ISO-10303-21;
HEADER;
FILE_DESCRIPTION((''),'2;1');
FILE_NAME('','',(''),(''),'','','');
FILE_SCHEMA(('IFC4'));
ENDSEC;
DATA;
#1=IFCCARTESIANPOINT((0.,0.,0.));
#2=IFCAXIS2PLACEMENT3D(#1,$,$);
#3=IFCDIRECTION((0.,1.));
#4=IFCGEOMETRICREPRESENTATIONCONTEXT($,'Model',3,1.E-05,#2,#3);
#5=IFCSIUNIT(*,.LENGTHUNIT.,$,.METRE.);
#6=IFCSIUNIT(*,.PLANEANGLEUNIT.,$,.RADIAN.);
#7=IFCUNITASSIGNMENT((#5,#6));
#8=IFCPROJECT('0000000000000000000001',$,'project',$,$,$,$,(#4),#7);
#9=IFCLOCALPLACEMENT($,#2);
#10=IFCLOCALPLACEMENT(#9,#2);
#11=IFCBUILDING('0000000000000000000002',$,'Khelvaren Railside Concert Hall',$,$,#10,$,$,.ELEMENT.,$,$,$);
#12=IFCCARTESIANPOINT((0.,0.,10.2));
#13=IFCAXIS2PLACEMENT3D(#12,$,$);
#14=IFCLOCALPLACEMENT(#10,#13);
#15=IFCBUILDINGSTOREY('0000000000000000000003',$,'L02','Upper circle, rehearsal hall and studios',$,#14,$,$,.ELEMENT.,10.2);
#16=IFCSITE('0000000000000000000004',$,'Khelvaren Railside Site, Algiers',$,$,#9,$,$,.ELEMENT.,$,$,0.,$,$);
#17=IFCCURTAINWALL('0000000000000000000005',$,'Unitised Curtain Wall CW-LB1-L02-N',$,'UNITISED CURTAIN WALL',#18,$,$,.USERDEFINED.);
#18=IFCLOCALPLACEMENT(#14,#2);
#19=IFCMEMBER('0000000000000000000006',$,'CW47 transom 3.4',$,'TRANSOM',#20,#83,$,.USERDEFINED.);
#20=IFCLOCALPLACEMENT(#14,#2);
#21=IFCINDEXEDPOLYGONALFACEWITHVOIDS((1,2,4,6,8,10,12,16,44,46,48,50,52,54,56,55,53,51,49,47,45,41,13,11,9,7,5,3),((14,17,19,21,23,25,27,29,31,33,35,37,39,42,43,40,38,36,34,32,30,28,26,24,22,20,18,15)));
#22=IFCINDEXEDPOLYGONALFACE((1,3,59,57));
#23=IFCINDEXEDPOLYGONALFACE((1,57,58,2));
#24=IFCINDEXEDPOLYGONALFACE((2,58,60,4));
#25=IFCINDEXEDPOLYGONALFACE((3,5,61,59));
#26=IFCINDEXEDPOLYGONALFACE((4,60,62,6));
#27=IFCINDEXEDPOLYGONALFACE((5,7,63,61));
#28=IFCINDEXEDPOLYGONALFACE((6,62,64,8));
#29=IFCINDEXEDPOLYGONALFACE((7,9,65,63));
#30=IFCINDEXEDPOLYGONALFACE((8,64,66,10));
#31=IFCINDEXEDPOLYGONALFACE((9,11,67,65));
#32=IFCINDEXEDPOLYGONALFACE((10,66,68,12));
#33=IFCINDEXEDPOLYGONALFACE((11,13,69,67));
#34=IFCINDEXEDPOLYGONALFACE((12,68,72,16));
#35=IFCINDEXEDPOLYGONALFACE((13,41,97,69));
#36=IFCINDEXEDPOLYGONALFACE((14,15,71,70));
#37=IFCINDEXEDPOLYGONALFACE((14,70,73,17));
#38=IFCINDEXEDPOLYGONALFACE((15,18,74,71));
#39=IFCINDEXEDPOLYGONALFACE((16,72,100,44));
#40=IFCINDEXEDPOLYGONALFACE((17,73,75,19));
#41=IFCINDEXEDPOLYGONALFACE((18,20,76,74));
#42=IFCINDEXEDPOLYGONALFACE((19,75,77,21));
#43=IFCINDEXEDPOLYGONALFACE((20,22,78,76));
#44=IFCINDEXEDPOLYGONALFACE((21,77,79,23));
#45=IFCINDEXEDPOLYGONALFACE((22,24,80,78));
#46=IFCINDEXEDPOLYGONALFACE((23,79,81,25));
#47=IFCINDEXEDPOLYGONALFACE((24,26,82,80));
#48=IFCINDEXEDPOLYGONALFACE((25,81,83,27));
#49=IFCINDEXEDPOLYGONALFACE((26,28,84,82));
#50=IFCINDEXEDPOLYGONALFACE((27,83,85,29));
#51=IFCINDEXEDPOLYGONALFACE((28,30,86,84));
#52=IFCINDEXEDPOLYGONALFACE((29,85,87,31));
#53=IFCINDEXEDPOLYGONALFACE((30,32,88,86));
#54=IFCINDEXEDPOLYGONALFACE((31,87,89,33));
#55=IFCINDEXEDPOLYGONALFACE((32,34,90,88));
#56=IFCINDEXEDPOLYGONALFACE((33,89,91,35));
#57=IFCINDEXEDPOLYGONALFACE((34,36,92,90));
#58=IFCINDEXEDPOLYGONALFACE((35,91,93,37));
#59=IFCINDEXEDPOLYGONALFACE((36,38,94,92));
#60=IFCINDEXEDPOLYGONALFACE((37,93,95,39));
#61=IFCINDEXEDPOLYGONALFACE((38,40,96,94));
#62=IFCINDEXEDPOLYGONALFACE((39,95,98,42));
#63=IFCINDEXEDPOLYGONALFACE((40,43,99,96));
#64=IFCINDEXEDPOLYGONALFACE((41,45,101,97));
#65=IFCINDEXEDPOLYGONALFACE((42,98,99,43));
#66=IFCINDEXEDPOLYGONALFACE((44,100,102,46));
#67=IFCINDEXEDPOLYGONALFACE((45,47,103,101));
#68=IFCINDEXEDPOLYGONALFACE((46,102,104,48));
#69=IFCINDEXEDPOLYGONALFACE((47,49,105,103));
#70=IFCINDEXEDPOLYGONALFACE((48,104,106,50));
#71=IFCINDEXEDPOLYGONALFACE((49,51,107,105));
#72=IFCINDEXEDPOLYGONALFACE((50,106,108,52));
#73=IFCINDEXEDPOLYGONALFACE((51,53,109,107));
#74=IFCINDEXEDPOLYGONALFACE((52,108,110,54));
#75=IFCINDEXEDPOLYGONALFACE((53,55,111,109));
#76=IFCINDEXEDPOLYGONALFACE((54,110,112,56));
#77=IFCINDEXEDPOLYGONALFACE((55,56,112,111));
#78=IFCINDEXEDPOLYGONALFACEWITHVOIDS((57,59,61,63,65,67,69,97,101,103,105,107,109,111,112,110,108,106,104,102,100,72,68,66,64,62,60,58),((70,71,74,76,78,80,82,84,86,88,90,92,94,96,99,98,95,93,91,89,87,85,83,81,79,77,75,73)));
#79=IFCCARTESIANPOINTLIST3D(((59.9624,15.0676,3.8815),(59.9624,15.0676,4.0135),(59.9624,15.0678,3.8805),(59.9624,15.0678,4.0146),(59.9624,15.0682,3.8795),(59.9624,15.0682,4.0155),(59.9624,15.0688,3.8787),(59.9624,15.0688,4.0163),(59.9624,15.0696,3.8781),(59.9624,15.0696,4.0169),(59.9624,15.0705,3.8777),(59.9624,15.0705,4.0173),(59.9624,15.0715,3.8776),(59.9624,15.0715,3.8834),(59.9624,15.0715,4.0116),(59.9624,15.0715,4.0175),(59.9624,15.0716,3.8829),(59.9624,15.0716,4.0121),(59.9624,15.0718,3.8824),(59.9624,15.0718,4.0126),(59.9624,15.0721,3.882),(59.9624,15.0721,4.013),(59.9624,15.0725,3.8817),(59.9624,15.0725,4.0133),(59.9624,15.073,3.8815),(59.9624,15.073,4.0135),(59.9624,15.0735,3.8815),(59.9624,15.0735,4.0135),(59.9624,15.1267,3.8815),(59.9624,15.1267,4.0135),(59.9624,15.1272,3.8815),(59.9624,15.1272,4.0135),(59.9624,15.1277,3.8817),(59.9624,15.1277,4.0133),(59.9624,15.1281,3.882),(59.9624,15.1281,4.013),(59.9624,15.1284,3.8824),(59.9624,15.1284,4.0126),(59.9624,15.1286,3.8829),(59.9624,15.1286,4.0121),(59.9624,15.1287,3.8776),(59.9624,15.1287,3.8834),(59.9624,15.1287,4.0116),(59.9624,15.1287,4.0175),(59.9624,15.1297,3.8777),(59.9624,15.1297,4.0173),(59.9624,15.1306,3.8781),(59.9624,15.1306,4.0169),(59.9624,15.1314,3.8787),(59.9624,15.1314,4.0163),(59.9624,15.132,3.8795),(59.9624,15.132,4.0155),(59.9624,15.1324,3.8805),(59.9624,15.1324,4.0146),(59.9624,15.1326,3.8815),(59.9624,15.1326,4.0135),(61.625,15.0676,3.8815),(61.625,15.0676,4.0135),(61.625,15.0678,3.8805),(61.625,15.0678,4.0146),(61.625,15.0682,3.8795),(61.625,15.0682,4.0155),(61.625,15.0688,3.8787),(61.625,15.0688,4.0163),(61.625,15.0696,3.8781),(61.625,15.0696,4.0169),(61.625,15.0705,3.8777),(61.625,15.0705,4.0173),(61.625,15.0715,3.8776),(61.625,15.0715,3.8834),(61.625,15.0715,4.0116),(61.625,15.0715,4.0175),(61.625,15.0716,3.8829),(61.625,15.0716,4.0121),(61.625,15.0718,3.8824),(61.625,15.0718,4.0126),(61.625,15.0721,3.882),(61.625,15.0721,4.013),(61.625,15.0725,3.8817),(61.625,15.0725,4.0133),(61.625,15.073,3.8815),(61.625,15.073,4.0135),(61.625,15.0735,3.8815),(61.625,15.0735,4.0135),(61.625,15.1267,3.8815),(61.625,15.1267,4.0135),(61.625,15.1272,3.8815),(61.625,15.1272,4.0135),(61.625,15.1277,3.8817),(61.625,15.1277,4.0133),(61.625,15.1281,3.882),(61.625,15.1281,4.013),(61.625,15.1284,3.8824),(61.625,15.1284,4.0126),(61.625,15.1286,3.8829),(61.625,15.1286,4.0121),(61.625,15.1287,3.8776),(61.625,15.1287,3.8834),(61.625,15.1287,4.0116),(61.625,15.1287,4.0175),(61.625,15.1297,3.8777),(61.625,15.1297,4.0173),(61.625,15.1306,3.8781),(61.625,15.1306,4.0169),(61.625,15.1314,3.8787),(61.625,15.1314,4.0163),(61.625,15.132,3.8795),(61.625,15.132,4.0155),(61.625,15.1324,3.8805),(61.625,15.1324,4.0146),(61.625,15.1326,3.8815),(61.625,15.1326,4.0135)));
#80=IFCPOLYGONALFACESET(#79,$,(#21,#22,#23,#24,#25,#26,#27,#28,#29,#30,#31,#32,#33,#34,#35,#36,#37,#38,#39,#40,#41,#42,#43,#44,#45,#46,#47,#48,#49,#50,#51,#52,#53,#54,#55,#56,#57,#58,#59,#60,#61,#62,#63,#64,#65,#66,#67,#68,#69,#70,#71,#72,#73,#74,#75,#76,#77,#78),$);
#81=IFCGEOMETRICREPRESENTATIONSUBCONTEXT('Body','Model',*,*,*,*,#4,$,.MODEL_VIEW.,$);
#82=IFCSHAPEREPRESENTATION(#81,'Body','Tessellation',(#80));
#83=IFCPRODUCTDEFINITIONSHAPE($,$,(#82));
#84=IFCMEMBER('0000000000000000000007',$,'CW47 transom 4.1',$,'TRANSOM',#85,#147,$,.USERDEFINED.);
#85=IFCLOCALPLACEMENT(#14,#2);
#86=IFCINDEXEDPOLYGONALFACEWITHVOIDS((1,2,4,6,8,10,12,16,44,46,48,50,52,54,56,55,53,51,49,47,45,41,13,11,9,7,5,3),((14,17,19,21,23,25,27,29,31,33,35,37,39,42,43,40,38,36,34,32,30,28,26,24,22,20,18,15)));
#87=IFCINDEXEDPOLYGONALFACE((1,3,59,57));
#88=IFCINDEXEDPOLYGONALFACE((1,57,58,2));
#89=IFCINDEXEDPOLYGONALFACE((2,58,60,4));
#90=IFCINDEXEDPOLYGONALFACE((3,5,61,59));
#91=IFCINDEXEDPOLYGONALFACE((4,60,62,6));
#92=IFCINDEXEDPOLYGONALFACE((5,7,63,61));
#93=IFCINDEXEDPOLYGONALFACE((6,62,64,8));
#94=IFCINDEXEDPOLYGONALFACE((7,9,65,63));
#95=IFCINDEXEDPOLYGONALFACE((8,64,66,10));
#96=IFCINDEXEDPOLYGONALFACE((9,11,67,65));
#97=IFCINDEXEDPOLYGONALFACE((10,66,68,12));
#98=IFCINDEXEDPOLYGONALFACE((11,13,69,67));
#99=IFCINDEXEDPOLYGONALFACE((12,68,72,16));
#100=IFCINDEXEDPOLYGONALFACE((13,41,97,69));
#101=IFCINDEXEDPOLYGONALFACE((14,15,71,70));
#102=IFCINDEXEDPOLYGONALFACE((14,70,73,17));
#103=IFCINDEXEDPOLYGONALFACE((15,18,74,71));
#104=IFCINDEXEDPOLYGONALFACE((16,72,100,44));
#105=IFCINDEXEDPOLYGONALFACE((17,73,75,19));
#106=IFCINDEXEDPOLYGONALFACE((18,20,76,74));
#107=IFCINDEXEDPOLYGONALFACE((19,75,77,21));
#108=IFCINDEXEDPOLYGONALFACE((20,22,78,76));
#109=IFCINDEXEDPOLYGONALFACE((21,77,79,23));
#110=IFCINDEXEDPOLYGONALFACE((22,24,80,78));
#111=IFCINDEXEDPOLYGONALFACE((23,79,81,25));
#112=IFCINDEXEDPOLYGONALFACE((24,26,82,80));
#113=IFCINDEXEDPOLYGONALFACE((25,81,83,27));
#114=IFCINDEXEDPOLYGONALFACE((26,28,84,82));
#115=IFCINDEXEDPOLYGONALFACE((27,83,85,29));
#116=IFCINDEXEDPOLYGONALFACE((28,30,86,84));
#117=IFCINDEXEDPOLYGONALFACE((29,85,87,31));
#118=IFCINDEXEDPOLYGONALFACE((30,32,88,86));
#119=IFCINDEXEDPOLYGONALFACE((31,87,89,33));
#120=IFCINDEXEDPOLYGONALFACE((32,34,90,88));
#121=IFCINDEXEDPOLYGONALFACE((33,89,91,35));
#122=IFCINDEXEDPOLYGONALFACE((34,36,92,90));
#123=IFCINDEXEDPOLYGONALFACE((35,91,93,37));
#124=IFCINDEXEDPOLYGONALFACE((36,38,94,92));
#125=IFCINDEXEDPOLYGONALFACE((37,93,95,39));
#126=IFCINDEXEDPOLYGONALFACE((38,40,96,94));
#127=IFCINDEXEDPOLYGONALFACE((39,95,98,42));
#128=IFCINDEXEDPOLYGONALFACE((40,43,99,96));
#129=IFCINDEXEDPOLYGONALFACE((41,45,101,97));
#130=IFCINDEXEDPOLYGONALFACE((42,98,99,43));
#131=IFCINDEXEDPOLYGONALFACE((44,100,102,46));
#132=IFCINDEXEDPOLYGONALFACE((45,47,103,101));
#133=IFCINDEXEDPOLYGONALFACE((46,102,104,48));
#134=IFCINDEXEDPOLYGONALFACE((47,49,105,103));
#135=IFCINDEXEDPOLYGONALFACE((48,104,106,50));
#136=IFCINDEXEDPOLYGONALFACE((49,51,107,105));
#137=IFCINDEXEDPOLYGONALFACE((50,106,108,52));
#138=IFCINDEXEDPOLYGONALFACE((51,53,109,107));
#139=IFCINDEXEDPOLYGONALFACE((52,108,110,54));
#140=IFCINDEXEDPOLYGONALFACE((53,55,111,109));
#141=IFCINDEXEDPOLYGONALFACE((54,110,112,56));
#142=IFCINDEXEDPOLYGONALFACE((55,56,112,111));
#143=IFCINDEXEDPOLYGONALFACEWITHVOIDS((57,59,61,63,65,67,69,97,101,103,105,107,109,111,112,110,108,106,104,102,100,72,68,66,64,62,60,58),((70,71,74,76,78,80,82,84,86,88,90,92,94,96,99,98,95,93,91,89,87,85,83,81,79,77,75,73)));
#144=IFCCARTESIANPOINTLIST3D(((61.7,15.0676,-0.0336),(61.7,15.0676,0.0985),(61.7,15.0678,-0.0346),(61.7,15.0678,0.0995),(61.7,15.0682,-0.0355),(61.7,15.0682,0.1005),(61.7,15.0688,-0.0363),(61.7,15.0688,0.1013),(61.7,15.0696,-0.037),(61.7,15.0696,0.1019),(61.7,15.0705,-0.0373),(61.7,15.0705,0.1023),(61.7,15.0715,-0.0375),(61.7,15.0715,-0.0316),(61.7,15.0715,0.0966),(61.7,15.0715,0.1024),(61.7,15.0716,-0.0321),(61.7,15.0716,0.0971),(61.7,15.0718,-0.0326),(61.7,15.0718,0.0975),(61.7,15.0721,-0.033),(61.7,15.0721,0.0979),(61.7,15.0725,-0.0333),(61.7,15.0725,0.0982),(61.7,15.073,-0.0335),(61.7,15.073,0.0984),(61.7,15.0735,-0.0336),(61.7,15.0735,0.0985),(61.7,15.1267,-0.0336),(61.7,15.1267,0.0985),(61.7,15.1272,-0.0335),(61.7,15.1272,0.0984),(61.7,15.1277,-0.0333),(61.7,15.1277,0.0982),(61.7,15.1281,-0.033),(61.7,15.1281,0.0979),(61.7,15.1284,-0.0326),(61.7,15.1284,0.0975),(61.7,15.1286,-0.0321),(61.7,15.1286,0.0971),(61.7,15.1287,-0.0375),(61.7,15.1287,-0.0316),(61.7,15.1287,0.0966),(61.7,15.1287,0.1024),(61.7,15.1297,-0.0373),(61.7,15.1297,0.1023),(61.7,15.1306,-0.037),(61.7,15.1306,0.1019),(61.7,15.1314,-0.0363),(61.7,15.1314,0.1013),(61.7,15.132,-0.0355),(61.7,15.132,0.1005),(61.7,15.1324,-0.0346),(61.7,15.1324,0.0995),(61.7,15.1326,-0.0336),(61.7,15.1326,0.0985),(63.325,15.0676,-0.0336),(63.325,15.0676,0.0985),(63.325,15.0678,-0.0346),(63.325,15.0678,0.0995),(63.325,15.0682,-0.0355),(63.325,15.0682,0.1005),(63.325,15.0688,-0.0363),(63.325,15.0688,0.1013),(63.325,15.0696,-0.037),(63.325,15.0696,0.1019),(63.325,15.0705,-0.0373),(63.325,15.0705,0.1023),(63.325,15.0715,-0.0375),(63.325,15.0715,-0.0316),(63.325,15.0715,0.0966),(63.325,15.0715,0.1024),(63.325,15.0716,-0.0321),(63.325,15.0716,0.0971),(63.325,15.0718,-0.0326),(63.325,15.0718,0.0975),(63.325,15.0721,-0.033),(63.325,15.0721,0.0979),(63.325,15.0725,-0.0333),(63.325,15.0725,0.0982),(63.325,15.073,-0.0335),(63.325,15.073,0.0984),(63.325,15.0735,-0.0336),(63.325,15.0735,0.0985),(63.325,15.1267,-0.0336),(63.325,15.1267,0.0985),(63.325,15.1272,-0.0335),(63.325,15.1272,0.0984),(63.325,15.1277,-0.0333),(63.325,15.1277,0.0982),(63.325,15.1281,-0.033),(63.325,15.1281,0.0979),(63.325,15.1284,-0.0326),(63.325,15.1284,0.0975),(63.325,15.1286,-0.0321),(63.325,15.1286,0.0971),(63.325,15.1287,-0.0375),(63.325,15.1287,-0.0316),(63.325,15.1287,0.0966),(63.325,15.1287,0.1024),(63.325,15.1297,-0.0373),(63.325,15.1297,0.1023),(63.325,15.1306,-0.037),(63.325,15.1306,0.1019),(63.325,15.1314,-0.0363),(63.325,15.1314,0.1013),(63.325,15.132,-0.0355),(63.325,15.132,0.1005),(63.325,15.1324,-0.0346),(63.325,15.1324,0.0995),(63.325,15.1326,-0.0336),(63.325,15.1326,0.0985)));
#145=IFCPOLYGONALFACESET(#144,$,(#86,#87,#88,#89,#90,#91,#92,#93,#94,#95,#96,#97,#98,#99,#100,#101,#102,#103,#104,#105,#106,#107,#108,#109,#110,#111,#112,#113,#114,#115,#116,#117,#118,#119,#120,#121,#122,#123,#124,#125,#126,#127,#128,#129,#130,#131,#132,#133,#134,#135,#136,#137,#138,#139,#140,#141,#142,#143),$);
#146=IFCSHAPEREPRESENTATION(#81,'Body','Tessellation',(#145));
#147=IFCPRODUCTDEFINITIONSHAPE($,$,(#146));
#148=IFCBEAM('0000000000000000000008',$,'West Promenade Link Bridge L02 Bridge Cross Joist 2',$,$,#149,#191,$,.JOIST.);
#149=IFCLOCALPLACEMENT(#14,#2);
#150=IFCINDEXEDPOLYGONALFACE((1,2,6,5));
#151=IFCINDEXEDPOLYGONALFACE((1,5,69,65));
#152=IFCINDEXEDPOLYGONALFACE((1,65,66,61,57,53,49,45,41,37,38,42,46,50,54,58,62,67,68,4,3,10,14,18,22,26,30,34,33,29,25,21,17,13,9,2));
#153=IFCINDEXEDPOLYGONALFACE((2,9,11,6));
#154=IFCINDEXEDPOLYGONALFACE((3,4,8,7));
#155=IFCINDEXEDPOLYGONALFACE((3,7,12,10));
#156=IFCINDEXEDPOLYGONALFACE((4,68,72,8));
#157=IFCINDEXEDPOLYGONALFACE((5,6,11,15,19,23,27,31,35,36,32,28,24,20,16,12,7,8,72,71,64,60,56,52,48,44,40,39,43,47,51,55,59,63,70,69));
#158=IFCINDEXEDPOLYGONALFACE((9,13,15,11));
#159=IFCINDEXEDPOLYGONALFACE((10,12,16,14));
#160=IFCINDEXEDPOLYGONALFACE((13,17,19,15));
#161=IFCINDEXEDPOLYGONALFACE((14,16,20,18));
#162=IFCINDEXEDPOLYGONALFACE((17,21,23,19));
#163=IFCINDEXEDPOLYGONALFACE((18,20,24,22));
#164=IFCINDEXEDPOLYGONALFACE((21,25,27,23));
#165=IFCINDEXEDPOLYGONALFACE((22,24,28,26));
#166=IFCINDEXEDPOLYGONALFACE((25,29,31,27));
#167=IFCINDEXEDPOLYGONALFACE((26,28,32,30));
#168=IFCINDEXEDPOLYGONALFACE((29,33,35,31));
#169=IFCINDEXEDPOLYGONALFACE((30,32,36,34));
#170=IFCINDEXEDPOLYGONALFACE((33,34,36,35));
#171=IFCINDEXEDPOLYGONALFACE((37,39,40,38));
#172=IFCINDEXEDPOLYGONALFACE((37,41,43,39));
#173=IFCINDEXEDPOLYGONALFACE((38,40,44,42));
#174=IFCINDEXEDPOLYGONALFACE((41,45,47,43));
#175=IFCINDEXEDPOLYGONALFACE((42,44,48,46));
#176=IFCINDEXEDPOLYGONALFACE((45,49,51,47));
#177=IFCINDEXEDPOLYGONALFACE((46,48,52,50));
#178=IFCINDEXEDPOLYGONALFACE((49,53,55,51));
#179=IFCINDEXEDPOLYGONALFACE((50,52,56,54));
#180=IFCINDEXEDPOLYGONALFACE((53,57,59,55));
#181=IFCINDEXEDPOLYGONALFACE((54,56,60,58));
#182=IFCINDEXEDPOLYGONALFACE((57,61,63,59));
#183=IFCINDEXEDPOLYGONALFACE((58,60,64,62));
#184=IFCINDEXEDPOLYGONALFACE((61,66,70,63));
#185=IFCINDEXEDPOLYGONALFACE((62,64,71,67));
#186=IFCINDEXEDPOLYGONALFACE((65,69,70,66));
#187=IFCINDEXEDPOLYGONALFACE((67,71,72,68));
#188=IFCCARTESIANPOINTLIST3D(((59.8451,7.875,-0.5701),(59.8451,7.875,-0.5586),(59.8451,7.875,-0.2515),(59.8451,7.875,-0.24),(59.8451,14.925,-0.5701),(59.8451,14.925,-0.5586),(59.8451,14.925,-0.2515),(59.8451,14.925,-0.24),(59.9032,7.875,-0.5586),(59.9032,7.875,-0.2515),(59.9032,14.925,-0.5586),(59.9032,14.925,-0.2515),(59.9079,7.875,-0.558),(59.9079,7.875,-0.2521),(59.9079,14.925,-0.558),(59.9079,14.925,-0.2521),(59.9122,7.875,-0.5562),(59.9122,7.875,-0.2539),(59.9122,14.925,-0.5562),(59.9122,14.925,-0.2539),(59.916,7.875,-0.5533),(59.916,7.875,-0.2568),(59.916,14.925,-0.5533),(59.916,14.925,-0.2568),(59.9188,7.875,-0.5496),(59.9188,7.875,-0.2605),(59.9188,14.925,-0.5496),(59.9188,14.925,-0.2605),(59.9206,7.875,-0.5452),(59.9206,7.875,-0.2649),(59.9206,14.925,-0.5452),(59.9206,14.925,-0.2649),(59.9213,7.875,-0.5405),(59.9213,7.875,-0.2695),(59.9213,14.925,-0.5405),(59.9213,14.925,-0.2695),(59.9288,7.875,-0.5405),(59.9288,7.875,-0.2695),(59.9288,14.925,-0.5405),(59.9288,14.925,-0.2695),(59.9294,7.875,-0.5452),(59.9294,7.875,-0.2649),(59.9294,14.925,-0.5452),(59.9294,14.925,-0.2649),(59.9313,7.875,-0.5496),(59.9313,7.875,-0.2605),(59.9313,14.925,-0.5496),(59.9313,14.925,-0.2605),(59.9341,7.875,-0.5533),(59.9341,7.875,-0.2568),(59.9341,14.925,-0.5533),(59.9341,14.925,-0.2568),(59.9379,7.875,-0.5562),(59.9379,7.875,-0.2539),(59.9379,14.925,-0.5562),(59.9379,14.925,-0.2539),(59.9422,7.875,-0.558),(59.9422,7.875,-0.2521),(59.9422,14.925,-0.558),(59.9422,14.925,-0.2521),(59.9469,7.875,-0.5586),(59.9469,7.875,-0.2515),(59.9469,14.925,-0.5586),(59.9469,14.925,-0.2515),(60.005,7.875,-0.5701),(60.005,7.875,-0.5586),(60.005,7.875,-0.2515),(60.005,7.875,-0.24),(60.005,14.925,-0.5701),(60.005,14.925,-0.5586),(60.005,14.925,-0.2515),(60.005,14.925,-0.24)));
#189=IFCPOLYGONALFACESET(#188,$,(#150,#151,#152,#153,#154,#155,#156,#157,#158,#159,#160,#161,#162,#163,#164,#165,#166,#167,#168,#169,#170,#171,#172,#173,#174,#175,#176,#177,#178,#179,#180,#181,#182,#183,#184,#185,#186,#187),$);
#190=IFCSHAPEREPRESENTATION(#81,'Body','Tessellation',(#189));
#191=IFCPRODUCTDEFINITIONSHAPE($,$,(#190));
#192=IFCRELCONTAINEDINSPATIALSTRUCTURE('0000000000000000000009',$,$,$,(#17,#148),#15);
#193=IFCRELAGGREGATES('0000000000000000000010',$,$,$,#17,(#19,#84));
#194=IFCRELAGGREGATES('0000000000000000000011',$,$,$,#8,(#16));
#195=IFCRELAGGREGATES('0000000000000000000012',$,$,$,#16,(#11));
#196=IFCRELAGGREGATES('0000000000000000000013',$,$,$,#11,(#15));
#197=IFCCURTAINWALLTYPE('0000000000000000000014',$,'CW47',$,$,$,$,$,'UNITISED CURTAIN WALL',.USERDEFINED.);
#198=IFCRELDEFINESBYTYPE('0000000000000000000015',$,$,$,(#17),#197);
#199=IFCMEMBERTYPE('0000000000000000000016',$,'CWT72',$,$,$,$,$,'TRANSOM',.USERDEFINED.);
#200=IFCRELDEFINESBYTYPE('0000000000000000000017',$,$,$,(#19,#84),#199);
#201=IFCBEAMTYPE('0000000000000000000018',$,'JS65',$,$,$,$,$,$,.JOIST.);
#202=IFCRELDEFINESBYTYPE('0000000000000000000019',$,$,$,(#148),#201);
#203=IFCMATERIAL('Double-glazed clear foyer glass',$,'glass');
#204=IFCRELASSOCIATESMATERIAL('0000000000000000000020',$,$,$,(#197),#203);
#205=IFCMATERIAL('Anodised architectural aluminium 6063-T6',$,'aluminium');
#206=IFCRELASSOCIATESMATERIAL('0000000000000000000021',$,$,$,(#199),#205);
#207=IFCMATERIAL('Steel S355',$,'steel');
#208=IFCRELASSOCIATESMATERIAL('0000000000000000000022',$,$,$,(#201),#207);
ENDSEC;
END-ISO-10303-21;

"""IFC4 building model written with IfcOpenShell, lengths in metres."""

from ifc_helpers import new_model, si_unit, direction, frame, origin, origin_2d, place, context, subcontext, project, spatial, hollow_rectangle, i_section, extrude, material, material_profile, profile_set, type_object, element, aggregate, save


model = new_model("IFC4")

# Units and contexts
model_context = context("Model", 3, precision=1e-05, world=origin(), true_north=direction((0.0, 1.0)))
body_context = subcontext(model_context, "Body", "Model", "MODEL_VIEW")
ifc_project = project(units=[si_unit("LENGTHUNIT", "METRE"), si_unit("PLANEANGLEUNIT", "RADIAN")], contexts=[model_context])

# Site, building, storey
site_placement = place(None, origin())
site = spatial("IfcSite", under=ifc_project, at=site_placement, Name="Khelvaren Railside Site, Algiers", CompositionType="ELEMENT", RefElevation=0.0)
building_placement = place(site_placement, origin())
building = spatial("IfcBuilding", under=site, at=building_placement, Name="Khelvaren Railside Concert Hall", CompositionType="ELEMENT")
storey_placement = place(building_placement, frame((0.0, 0.0, 10.2)))
storey = spatial("IfcBuildingStorey", under=building, at=storey_placement, Name="L02", Description="Upper circle, rehearsal hall and studios", CompositionType="ELEMENT", Elevation=10.2)

# Shared definitions
ifc_material_1 = material(Name="Double-glazed clear foyer glass", Category="glass")
curtain_wall_type = type_object("IfcCurtainWallType", Name="CW47", ElementType="UNITISED CURTAIN WALL", PredefinedType="USERDEFINED", material=ifc_material_1)
ifc_material_2 = material(Name="Anodised architectural aluminium 6063-T6", Category="aluminium")

# Curtain wall
curtain_wall_1_placement = place(storey_placement, origin())
curtain_wall_1 = element("IfcCurtainWall", 1, at=curtain_wall_1_placement, inside=storey, type_object=curtain_wall_type, Name="Unitised Curtain Wall CW-LB1-L02-N", ObjectType="UNITISED CURTAIN WALL", PredefinedType="USERDEFINED")

# Members
ifc_material_profile_1 = material_profile(ifc_material_2, hollow_rectangle(XDim=0.0649, YDim=0.1399, WallThickness=0.0039, InnerFilletRadius=0.002, OuterFilletRadius=0.0039, at=origin_2d()), Name="CWT 65x140x4")
ifc_profile_set_1 = profile_set([ifc_material_profile_1], Name="Anodised architectural aluminium 6063-T6")
member_type_1 = type_object("IfcMemberType", Name="CWT72", ElementType="TRANSOM", PredefinedType="USERDEFINED", material=ifc_profile_set_1)
member_1_placement = place(storey_placement, frame((59.9624, 15.1001, 3.9475), z_axis=(1.0, 0.0, 0.0), x_axis=(0.0, 1.0, 0.0)))
member_1 = element("IfcMember", 2, at=member_1_placement, type_object=member_type_1, Name="CW47 transom 3.4", ObjectType="TRANSOM", PredefinedType="USERDEFINED", context=body_context, shape_type="SweptSolid", body=[
    extrude(hollow_rectangle(XDim=0.0649, YDim=0.1399, WallThickness=0.0039, InnerFilletRadius=0.002, OuterFilletRadius=0.0039, at=origin_2d()), origin(), (0.0, 0.0, 1.0), 1.6626),
])
member_2_placement = place(storey_placement, frame((61.7, 15.1001, 0.0325), z_axis=(1.0, 0.0, 0.0), x_axis=(0.0, 1.0, 0.0)))
member_2 = element("IfcMember", 3, at=member_2_placement, type_object=member_type_1, Name="CW47 transom 4.1", ObjectType="TRANSOM", PredefinedType="USERDEFINED", context=body_context, shape_type="SweptSolid", body=[
    extrude(hollow_rectangle(XDim=0.0649, YDim=0.1399, WallThickness=0.0039, InnerFilletRadius=0.002, OuterFilletRadius=0.0039, at=origin_2d()), origin(), (0.0, 0.0, 1.0), 1.625),
])

# Beam
ifc_material_3 = material(Name="Steel S355", Category="steel")
ifc_material_profile_2 = material_profile(ifc_material_3, i_section(OverallWidth=0.1599, OverallDepth=0.3301, WebThickness=0.0076, FlangeThickness=0.0115, FilletRadius=0.0181, at=origin_2d()), Name="IPE 330")
ifc_profile_set_2 = profile_set([ifc_material_profile_2], Name="Steel S355")
beam_type_1 = type_object("IfcBeamType", Name="JS65", PredefinedType="JOIST", material=ifc_profile_set_2)
for number, where, z_axis, x_axis, name in (
    (4, (59.925, 7.875, -0.405), (0.0, 1.0, 0.0), (-1.0, 0.0, 0.0), "West Promenade Link Bridge L02 Bridge Cross Joist 2"),
):
    element("IfcBeam", number, at=place(storey_placement, frame(where, z_axis=z_axis, x_axis=x_axis)), inside=storey, type_object=beam_type_1, Name=name, PredefinedType="JOIST", context=body_context, shape_type="SweptSolid", body=[
        extrude(i_section(OverallWidth=0.1599, OverallDepth=0.3301, WebThickness=0.0076, FlangeThickness=0.0115, FilletRadius=0.0181, at=origin_2d()), origin(), (0.0, 0.0, 1.0), 7.05),
    ])

aggregate(curtain_wall_1, [member_1, member_2])

save(model, "model.ifc")
